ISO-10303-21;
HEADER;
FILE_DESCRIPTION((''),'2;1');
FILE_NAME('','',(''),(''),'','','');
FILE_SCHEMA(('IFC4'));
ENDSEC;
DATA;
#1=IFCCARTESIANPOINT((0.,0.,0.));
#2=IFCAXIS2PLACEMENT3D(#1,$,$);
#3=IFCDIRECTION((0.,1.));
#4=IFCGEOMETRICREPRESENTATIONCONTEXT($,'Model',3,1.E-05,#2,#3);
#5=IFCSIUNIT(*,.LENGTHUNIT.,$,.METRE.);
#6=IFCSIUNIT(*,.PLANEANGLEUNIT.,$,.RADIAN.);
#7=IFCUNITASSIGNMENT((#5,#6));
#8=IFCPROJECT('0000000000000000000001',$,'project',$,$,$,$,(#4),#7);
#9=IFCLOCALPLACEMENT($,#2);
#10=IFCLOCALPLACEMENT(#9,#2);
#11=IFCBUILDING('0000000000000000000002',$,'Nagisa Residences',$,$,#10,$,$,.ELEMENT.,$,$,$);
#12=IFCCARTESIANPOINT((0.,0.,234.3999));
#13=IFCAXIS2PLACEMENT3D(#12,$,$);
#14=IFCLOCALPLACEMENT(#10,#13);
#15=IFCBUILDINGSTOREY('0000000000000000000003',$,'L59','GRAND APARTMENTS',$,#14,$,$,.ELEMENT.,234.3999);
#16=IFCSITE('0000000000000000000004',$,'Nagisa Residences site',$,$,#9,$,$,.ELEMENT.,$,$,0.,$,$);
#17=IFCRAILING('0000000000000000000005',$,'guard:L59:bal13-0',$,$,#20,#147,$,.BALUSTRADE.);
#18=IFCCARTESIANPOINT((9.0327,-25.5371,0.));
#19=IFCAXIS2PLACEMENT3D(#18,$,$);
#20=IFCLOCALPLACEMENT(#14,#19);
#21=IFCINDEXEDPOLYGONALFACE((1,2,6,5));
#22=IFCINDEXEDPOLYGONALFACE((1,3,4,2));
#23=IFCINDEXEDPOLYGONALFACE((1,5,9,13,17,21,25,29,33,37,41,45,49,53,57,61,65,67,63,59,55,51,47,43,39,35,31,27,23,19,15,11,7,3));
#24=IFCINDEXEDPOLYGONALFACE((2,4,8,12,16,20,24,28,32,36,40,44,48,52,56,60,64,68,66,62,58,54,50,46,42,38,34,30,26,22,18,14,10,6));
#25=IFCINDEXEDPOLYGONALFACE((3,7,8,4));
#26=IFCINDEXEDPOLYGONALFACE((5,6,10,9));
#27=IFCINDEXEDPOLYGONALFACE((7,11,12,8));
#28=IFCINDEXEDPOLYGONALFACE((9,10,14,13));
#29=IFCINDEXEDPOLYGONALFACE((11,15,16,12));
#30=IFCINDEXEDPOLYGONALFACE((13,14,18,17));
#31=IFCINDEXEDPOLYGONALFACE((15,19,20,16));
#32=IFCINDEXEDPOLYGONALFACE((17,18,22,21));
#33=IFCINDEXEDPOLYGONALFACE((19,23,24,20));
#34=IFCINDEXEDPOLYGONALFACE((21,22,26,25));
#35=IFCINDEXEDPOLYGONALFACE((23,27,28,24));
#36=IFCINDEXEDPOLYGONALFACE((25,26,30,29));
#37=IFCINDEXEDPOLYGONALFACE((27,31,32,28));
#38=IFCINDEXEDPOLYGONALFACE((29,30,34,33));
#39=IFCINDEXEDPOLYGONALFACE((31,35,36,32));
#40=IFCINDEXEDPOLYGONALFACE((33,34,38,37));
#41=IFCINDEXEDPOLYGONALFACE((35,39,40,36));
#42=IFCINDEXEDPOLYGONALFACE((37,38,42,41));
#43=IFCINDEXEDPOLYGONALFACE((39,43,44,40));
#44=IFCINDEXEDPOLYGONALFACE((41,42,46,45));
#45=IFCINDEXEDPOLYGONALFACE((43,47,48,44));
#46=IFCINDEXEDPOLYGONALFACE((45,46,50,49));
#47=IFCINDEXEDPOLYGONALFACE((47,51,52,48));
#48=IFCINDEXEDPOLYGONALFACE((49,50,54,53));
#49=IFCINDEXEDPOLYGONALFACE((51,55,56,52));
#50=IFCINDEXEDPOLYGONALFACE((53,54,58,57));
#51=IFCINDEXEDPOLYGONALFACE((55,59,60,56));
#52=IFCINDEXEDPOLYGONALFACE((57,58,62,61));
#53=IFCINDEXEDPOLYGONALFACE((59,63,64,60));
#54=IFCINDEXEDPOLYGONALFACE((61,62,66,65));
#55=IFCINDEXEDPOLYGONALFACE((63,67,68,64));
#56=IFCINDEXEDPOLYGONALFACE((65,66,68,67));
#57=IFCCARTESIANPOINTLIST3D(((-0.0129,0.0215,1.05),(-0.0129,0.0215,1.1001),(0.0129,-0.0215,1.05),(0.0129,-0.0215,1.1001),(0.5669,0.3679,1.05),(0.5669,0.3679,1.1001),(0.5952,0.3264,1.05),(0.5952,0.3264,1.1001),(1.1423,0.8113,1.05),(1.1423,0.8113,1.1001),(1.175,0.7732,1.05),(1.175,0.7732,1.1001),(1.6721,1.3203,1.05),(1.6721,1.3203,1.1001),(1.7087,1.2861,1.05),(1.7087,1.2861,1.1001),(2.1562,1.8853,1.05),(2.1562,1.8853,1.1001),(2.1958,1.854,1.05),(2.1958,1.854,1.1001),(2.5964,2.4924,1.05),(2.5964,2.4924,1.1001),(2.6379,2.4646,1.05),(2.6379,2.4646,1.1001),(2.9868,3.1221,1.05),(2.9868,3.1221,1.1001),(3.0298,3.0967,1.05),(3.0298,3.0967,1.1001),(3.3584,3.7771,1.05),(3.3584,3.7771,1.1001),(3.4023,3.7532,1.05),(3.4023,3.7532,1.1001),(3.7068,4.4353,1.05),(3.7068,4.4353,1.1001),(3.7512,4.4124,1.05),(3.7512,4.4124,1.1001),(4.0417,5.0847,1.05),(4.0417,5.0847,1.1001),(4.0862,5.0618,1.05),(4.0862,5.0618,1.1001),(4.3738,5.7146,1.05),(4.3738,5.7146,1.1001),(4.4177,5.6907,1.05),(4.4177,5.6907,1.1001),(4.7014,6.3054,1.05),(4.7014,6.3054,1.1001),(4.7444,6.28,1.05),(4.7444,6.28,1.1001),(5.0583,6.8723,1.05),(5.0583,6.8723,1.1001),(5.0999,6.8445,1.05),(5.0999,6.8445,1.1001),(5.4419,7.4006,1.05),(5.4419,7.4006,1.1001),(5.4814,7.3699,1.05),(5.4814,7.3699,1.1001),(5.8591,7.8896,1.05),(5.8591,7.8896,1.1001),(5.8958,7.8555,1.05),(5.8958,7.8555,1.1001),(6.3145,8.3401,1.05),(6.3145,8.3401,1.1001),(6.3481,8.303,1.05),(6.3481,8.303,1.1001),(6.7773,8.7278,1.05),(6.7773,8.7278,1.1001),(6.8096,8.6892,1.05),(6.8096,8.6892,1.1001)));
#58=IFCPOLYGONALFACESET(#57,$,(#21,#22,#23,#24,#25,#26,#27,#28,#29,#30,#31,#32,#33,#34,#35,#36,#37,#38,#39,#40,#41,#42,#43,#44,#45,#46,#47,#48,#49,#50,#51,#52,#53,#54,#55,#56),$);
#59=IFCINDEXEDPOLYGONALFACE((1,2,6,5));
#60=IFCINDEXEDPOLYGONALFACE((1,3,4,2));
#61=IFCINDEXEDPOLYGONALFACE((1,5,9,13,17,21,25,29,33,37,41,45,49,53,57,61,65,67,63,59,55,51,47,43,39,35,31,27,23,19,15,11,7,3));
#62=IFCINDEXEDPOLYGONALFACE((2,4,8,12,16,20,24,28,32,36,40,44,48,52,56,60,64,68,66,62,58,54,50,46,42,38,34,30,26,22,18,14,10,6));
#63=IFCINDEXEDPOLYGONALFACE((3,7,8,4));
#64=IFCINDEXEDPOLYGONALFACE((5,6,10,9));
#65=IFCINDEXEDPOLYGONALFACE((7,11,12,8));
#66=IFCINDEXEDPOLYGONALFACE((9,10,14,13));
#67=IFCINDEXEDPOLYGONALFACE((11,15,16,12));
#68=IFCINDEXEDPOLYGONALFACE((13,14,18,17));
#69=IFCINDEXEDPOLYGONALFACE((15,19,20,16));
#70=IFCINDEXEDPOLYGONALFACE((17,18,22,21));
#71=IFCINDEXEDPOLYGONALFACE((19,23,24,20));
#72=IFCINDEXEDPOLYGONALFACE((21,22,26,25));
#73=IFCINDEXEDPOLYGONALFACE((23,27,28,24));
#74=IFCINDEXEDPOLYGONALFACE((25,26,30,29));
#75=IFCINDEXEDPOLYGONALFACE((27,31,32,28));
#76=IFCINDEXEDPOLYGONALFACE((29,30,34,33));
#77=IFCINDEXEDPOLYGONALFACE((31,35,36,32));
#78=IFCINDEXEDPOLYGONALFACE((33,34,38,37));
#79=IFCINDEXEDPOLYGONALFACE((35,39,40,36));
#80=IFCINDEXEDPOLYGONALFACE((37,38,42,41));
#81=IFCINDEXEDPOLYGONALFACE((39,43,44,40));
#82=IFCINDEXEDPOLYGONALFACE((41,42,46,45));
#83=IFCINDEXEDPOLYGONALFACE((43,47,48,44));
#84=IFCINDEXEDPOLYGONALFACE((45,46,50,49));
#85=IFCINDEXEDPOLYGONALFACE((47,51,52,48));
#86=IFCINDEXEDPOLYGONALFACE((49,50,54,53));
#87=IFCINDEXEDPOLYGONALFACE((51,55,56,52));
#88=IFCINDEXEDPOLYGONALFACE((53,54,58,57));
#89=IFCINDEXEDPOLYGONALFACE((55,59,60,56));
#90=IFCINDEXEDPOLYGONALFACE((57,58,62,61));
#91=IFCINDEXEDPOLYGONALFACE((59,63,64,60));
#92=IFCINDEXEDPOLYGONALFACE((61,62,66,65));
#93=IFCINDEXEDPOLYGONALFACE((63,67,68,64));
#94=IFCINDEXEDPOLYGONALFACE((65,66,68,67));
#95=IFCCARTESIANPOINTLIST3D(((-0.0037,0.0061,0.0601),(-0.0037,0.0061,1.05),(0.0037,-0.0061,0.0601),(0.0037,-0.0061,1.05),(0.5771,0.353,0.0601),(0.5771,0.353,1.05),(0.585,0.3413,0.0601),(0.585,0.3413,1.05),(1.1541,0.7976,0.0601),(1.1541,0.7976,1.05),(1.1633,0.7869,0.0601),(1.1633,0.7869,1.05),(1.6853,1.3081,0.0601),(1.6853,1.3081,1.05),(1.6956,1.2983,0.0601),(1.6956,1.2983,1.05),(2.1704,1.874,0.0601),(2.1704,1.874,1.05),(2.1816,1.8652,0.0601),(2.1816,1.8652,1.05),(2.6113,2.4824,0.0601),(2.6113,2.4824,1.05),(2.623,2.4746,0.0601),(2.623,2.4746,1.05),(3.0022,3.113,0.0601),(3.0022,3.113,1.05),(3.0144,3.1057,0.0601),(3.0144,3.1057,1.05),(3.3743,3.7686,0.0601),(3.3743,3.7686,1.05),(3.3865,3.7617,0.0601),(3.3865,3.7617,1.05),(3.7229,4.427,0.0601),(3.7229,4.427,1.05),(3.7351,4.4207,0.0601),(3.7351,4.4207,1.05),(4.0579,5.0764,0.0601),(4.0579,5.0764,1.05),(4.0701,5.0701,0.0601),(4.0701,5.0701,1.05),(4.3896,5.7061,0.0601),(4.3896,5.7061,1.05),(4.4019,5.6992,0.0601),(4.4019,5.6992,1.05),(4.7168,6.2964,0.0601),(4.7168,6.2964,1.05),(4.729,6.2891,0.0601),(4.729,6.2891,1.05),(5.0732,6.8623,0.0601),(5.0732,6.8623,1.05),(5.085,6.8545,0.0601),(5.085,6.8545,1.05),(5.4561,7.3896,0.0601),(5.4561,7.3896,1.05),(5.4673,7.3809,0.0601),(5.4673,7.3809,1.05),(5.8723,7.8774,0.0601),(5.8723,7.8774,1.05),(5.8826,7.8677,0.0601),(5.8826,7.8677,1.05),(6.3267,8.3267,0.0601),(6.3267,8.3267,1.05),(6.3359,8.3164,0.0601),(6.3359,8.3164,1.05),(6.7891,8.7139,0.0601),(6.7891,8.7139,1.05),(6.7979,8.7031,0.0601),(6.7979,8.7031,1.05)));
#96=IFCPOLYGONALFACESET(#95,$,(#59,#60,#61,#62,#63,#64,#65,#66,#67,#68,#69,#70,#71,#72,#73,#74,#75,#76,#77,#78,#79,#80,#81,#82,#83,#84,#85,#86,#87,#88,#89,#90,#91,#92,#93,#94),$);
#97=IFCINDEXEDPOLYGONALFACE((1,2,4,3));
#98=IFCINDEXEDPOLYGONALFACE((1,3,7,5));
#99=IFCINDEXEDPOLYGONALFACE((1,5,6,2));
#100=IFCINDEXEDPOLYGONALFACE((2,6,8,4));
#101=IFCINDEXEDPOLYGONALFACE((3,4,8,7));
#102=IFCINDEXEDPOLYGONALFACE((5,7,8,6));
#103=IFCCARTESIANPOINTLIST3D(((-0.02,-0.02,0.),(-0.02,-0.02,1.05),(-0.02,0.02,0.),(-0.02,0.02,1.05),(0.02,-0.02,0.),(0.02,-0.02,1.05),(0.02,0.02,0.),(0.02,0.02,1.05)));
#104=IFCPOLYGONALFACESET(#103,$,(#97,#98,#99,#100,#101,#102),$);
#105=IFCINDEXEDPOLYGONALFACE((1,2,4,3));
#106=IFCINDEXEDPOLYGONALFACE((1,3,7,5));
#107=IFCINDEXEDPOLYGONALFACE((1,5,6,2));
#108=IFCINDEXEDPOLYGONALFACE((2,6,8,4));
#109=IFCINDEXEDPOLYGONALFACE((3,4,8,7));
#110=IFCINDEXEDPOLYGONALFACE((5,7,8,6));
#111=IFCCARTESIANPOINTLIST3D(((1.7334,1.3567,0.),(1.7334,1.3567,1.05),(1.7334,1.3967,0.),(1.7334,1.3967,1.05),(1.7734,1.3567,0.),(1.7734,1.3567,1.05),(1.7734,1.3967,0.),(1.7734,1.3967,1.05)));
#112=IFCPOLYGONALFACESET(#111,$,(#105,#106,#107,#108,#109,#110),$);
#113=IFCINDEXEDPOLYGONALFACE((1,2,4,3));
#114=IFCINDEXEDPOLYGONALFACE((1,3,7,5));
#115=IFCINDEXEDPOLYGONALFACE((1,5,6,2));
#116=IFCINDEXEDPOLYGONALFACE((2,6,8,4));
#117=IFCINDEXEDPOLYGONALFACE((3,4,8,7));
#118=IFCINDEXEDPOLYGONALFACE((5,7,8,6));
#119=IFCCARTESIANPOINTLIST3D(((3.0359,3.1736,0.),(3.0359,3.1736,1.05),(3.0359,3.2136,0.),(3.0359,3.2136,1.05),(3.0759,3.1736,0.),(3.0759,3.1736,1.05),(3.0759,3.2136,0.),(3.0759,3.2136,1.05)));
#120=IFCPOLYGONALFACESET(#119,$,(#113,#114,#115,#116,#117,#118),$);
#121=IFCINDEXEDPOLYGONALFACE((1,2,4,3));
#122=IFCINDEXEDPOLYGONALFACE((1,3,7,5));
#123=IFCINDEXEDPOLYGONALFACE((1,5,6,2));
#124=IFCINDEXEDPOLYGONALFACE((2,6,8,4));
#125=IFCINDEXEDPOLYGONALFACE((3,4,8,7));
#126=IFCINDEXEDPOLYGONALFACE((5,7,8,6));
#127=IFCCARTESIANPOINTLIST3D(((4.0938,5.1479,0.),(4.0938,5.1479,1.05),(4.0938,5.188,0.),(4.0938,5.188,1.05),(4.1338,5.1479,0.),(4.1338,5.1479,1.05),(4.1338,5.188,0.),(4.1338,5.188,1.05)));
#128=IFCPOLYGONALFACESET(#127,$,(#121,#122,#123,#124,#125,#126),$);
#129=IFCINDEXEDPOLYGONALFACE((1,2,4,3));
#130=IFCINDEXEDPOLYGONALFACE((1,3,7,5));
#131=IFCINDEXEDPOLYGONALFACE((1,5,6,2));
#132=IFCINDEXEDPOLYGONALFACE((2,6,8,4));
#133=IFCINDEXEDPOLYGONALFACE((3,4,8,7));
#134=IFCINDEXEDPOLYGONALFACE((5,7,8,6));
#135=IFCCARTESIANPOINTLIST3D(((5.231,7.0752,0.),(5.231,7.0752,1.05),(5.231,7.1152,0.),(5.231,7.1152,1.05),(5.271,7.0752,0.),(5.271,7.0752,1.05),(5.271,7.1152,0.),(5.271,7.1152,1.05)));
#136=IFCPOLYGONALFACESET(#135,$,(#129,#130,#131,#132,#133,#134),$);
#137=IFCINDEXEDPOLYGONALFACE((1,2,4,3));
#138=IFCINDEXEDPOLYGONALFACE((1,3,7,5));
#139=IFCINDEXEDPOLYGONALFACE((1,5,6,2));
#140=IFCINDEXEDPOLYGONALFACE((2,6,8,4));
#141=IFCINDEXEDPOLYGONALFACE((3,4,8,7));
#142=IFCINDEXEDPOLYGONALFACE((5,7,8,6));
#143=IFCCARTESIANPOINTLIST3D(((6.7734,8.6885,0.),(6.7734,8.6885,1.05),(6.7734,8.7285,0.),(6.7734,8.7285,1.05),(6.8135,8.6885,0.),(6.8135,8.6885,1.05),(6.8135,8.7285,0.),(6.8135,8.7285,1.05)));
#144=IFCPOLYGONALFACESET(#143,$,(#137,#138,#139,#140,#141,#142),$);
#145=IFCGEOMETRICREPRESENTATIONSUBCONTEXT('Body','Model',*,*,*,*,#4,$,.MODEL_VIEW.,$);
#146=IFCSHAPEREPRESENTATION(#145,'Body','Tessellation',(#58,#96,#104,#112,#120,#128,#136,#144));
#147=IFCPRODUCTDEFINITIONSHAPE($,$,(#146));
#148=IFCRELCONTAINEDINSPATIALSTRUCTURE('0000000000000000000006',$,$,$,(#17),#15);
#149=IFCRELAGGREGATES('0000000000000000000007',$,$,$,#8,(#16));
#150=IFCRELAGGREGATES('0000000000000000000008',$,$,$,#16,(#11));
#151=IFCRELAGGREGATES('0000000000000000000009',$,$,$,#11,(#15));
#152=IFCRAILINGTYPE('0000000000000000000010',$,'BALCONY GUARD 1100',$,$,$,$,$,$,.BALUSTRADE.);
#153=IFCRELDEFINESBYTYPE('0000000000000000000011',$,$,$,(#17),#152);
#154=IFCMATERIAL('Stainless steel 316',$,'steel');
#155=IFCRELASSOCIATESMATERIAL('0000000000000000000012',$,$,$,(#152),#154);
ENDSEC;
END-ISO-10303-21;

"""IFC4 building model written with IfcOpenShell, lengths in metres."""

from ifc_helpers import new_model, si_unit, direction, frame, origin, origin_2d, place, context, subcontext, project, spatial, polyline, rectangle, outline, extrude, material, type_object, element, save


model = new_model("IFC4")

# Units and contexts
model_context = context("Model", 3, precision=1e-05, world=origin(), true_north=direction((0.0, 1.0)))
body_context = subcontext(model_context, "Body", "Model", "MODEL_VIEW")
ifc_project = project(units=[si_unit("LENGTHUNIT", "METRE"), si_unit("PLANEANGLEUNIT", "RADIAN")], contexts=[model_context])

# Site, building, storey
site_placement = place(None, origin())
site = spatial("IfcSite", under=ifc_project, at=site_placement, Name="Nagisa Residences site", CompositionType="ELEMENT", RefElevation=0.0)
building_placement = place(site_placement, origin())
building = spatial("IfcBuilding", under=site, at=building_placement, Name="Nagisa Residences", CompositionType="ELEMENT")
storey_placement = place(building_placement, frame((0.0, 0.0, 234.3999)))
storey = spatial("IfcBuildingStorey", under=building, at=storey_placement, Name="L59", Description="GRAND APARTMENTS", CompositionType="ELEMENT", Elevation=234.3999)

# Railing
ifc_material_1 = material(Name="Stainless steel 316", Category="steel")
railing_type = type_object("IfcRailingType", Name="BALCONY GUARD 1100", PredefinedType="BALUSTRADE", material=ifc_material_1)
railing_1_placement = place(storey_placement, frame((9.0327, -25.5371, 0.0)))
element("IfcRailing", 1, at=railing_1_placement, inside=storey, type_object=railing_type, Name="guard:L59:bal13-0", PredefinedType="BALUSTRADE", context=body_context, shape_type="SweptSolid", body=[
    extrude(outline(polyline([(0.5669, 0.3679), (-0.0129, 0.0215), (0.0129, -0.0215), (0.5952, 0.3264), (1.175, 0.7732), (1.7087, 1.2861), (2.1958, 1.854), (2.6379, 2.4646), (3.0298, 3.0967), (3.4023, 3.7532), (3.7512, 4.4124), (4.0862, 5.0618), (4.4177, 5.6907), (4.7444, 6.28), (5.0999, 6.8445), (5.4814, 7.3699), (5.8958, 7.8555), (6.3481, 8.303), (6.8096, 8.6892), (6.7773, 8.7278), (6.3145, 8.3401), (5.8591, 7.8896), (5.4419, 7.4006), (5.0583, 6.8723), (4.7014, 6.3054), (4.3738, 5.7146), (4.0417, 5.0847), (3.7068, 4.4353), (3.3584, 3.7771), (2.9868, 3.1221), (2.5964, 2.4924), (2.1562, 1.8853), (1.6721, 1.3203), (1.1423, 0.8113), (0.5669, 0.3679)])), frame((0.0, 0.0, 1.05)), (0.0, 0.0, 1.0), 0.05),
    extrude(outline(polyline([(0.5771, 0.353), (-0.0037, 0.0061), (0.0037, -0.0061), (0.585, 0.3413), (1.1633, 0.7869), (1.6956, 1.2983), (2.1816, 1.8652), (2.623, 2.4746), (3.0144, 3.1057), (3.3865, 3.7617), (3.7351, 4.4207), (4.0701, 5.0701), (4.4019, 5.6992), (4.729, 6.2891), (5.085, 6.8545), (5.4673, 7.3809), (5.8826, 7.8677), (6.3359, 8.3164), (6.7979, 8.7031), (6.7891, 8.7139), (6.3267, 8.3267), (5.8723, 7.8774), (5.4561, 7.3896), (5.0732, 6.8623), (4.7168, 6.2964), (4.3896, 5.7061), (4.0579, 5.0764), (3.7229, 4.427), (3.3743, 3.7686), (3.0022, 3.113), (2.6113, 2.4824), (2.1704, 1.874), (1.6853, 1.3081), (1.1541, 0.7976), (0.5771, 0.353)])), frame((0.0, 0.0, 0.0601)), (0.0, 0.0, 1.0), 0.99),
    extrude(rectangle(XDim=0.04, YDim=0.04, at=origin_2d()), origin(), (0.0, 0.0, 1.0), 1.05),
    extrude(rectangle(XDim=0.04, YDim=0.04, at=origin_2d()), frame((1.7534, 1.3767, 0.0)), (0.0, 0.0, 1.0), 1.05),
    extrude(rectangle(XDim=0.04, YDim=0.04, at=origin_2d()), frame((3.0559, 3.1936, 0.0)), (0.0, 0.0, 1.0), 1.05),
    extrude(rectangle(XDim=0.04, YDim=0.04, at=origin_2d()), frame((4.1138, 5.168, 0.0)), (0.0, 0.0, 1.0), 1.05),
    extrude(rectangle(XDim=0.04, YDim=0.04, at=origin_2d()), frame((5.251, 7.0952, 0.0)), (0.0, 0.0, 1.0), 1.05),
    extrude(rectangle(XDim=0.04, YDim=0.04, at=origin_2d()), frame((6.7935, 8.7085, 0.0)), (0.0, 0.0, 1.0), 1.05),
])

save(model, "model.ifc")
